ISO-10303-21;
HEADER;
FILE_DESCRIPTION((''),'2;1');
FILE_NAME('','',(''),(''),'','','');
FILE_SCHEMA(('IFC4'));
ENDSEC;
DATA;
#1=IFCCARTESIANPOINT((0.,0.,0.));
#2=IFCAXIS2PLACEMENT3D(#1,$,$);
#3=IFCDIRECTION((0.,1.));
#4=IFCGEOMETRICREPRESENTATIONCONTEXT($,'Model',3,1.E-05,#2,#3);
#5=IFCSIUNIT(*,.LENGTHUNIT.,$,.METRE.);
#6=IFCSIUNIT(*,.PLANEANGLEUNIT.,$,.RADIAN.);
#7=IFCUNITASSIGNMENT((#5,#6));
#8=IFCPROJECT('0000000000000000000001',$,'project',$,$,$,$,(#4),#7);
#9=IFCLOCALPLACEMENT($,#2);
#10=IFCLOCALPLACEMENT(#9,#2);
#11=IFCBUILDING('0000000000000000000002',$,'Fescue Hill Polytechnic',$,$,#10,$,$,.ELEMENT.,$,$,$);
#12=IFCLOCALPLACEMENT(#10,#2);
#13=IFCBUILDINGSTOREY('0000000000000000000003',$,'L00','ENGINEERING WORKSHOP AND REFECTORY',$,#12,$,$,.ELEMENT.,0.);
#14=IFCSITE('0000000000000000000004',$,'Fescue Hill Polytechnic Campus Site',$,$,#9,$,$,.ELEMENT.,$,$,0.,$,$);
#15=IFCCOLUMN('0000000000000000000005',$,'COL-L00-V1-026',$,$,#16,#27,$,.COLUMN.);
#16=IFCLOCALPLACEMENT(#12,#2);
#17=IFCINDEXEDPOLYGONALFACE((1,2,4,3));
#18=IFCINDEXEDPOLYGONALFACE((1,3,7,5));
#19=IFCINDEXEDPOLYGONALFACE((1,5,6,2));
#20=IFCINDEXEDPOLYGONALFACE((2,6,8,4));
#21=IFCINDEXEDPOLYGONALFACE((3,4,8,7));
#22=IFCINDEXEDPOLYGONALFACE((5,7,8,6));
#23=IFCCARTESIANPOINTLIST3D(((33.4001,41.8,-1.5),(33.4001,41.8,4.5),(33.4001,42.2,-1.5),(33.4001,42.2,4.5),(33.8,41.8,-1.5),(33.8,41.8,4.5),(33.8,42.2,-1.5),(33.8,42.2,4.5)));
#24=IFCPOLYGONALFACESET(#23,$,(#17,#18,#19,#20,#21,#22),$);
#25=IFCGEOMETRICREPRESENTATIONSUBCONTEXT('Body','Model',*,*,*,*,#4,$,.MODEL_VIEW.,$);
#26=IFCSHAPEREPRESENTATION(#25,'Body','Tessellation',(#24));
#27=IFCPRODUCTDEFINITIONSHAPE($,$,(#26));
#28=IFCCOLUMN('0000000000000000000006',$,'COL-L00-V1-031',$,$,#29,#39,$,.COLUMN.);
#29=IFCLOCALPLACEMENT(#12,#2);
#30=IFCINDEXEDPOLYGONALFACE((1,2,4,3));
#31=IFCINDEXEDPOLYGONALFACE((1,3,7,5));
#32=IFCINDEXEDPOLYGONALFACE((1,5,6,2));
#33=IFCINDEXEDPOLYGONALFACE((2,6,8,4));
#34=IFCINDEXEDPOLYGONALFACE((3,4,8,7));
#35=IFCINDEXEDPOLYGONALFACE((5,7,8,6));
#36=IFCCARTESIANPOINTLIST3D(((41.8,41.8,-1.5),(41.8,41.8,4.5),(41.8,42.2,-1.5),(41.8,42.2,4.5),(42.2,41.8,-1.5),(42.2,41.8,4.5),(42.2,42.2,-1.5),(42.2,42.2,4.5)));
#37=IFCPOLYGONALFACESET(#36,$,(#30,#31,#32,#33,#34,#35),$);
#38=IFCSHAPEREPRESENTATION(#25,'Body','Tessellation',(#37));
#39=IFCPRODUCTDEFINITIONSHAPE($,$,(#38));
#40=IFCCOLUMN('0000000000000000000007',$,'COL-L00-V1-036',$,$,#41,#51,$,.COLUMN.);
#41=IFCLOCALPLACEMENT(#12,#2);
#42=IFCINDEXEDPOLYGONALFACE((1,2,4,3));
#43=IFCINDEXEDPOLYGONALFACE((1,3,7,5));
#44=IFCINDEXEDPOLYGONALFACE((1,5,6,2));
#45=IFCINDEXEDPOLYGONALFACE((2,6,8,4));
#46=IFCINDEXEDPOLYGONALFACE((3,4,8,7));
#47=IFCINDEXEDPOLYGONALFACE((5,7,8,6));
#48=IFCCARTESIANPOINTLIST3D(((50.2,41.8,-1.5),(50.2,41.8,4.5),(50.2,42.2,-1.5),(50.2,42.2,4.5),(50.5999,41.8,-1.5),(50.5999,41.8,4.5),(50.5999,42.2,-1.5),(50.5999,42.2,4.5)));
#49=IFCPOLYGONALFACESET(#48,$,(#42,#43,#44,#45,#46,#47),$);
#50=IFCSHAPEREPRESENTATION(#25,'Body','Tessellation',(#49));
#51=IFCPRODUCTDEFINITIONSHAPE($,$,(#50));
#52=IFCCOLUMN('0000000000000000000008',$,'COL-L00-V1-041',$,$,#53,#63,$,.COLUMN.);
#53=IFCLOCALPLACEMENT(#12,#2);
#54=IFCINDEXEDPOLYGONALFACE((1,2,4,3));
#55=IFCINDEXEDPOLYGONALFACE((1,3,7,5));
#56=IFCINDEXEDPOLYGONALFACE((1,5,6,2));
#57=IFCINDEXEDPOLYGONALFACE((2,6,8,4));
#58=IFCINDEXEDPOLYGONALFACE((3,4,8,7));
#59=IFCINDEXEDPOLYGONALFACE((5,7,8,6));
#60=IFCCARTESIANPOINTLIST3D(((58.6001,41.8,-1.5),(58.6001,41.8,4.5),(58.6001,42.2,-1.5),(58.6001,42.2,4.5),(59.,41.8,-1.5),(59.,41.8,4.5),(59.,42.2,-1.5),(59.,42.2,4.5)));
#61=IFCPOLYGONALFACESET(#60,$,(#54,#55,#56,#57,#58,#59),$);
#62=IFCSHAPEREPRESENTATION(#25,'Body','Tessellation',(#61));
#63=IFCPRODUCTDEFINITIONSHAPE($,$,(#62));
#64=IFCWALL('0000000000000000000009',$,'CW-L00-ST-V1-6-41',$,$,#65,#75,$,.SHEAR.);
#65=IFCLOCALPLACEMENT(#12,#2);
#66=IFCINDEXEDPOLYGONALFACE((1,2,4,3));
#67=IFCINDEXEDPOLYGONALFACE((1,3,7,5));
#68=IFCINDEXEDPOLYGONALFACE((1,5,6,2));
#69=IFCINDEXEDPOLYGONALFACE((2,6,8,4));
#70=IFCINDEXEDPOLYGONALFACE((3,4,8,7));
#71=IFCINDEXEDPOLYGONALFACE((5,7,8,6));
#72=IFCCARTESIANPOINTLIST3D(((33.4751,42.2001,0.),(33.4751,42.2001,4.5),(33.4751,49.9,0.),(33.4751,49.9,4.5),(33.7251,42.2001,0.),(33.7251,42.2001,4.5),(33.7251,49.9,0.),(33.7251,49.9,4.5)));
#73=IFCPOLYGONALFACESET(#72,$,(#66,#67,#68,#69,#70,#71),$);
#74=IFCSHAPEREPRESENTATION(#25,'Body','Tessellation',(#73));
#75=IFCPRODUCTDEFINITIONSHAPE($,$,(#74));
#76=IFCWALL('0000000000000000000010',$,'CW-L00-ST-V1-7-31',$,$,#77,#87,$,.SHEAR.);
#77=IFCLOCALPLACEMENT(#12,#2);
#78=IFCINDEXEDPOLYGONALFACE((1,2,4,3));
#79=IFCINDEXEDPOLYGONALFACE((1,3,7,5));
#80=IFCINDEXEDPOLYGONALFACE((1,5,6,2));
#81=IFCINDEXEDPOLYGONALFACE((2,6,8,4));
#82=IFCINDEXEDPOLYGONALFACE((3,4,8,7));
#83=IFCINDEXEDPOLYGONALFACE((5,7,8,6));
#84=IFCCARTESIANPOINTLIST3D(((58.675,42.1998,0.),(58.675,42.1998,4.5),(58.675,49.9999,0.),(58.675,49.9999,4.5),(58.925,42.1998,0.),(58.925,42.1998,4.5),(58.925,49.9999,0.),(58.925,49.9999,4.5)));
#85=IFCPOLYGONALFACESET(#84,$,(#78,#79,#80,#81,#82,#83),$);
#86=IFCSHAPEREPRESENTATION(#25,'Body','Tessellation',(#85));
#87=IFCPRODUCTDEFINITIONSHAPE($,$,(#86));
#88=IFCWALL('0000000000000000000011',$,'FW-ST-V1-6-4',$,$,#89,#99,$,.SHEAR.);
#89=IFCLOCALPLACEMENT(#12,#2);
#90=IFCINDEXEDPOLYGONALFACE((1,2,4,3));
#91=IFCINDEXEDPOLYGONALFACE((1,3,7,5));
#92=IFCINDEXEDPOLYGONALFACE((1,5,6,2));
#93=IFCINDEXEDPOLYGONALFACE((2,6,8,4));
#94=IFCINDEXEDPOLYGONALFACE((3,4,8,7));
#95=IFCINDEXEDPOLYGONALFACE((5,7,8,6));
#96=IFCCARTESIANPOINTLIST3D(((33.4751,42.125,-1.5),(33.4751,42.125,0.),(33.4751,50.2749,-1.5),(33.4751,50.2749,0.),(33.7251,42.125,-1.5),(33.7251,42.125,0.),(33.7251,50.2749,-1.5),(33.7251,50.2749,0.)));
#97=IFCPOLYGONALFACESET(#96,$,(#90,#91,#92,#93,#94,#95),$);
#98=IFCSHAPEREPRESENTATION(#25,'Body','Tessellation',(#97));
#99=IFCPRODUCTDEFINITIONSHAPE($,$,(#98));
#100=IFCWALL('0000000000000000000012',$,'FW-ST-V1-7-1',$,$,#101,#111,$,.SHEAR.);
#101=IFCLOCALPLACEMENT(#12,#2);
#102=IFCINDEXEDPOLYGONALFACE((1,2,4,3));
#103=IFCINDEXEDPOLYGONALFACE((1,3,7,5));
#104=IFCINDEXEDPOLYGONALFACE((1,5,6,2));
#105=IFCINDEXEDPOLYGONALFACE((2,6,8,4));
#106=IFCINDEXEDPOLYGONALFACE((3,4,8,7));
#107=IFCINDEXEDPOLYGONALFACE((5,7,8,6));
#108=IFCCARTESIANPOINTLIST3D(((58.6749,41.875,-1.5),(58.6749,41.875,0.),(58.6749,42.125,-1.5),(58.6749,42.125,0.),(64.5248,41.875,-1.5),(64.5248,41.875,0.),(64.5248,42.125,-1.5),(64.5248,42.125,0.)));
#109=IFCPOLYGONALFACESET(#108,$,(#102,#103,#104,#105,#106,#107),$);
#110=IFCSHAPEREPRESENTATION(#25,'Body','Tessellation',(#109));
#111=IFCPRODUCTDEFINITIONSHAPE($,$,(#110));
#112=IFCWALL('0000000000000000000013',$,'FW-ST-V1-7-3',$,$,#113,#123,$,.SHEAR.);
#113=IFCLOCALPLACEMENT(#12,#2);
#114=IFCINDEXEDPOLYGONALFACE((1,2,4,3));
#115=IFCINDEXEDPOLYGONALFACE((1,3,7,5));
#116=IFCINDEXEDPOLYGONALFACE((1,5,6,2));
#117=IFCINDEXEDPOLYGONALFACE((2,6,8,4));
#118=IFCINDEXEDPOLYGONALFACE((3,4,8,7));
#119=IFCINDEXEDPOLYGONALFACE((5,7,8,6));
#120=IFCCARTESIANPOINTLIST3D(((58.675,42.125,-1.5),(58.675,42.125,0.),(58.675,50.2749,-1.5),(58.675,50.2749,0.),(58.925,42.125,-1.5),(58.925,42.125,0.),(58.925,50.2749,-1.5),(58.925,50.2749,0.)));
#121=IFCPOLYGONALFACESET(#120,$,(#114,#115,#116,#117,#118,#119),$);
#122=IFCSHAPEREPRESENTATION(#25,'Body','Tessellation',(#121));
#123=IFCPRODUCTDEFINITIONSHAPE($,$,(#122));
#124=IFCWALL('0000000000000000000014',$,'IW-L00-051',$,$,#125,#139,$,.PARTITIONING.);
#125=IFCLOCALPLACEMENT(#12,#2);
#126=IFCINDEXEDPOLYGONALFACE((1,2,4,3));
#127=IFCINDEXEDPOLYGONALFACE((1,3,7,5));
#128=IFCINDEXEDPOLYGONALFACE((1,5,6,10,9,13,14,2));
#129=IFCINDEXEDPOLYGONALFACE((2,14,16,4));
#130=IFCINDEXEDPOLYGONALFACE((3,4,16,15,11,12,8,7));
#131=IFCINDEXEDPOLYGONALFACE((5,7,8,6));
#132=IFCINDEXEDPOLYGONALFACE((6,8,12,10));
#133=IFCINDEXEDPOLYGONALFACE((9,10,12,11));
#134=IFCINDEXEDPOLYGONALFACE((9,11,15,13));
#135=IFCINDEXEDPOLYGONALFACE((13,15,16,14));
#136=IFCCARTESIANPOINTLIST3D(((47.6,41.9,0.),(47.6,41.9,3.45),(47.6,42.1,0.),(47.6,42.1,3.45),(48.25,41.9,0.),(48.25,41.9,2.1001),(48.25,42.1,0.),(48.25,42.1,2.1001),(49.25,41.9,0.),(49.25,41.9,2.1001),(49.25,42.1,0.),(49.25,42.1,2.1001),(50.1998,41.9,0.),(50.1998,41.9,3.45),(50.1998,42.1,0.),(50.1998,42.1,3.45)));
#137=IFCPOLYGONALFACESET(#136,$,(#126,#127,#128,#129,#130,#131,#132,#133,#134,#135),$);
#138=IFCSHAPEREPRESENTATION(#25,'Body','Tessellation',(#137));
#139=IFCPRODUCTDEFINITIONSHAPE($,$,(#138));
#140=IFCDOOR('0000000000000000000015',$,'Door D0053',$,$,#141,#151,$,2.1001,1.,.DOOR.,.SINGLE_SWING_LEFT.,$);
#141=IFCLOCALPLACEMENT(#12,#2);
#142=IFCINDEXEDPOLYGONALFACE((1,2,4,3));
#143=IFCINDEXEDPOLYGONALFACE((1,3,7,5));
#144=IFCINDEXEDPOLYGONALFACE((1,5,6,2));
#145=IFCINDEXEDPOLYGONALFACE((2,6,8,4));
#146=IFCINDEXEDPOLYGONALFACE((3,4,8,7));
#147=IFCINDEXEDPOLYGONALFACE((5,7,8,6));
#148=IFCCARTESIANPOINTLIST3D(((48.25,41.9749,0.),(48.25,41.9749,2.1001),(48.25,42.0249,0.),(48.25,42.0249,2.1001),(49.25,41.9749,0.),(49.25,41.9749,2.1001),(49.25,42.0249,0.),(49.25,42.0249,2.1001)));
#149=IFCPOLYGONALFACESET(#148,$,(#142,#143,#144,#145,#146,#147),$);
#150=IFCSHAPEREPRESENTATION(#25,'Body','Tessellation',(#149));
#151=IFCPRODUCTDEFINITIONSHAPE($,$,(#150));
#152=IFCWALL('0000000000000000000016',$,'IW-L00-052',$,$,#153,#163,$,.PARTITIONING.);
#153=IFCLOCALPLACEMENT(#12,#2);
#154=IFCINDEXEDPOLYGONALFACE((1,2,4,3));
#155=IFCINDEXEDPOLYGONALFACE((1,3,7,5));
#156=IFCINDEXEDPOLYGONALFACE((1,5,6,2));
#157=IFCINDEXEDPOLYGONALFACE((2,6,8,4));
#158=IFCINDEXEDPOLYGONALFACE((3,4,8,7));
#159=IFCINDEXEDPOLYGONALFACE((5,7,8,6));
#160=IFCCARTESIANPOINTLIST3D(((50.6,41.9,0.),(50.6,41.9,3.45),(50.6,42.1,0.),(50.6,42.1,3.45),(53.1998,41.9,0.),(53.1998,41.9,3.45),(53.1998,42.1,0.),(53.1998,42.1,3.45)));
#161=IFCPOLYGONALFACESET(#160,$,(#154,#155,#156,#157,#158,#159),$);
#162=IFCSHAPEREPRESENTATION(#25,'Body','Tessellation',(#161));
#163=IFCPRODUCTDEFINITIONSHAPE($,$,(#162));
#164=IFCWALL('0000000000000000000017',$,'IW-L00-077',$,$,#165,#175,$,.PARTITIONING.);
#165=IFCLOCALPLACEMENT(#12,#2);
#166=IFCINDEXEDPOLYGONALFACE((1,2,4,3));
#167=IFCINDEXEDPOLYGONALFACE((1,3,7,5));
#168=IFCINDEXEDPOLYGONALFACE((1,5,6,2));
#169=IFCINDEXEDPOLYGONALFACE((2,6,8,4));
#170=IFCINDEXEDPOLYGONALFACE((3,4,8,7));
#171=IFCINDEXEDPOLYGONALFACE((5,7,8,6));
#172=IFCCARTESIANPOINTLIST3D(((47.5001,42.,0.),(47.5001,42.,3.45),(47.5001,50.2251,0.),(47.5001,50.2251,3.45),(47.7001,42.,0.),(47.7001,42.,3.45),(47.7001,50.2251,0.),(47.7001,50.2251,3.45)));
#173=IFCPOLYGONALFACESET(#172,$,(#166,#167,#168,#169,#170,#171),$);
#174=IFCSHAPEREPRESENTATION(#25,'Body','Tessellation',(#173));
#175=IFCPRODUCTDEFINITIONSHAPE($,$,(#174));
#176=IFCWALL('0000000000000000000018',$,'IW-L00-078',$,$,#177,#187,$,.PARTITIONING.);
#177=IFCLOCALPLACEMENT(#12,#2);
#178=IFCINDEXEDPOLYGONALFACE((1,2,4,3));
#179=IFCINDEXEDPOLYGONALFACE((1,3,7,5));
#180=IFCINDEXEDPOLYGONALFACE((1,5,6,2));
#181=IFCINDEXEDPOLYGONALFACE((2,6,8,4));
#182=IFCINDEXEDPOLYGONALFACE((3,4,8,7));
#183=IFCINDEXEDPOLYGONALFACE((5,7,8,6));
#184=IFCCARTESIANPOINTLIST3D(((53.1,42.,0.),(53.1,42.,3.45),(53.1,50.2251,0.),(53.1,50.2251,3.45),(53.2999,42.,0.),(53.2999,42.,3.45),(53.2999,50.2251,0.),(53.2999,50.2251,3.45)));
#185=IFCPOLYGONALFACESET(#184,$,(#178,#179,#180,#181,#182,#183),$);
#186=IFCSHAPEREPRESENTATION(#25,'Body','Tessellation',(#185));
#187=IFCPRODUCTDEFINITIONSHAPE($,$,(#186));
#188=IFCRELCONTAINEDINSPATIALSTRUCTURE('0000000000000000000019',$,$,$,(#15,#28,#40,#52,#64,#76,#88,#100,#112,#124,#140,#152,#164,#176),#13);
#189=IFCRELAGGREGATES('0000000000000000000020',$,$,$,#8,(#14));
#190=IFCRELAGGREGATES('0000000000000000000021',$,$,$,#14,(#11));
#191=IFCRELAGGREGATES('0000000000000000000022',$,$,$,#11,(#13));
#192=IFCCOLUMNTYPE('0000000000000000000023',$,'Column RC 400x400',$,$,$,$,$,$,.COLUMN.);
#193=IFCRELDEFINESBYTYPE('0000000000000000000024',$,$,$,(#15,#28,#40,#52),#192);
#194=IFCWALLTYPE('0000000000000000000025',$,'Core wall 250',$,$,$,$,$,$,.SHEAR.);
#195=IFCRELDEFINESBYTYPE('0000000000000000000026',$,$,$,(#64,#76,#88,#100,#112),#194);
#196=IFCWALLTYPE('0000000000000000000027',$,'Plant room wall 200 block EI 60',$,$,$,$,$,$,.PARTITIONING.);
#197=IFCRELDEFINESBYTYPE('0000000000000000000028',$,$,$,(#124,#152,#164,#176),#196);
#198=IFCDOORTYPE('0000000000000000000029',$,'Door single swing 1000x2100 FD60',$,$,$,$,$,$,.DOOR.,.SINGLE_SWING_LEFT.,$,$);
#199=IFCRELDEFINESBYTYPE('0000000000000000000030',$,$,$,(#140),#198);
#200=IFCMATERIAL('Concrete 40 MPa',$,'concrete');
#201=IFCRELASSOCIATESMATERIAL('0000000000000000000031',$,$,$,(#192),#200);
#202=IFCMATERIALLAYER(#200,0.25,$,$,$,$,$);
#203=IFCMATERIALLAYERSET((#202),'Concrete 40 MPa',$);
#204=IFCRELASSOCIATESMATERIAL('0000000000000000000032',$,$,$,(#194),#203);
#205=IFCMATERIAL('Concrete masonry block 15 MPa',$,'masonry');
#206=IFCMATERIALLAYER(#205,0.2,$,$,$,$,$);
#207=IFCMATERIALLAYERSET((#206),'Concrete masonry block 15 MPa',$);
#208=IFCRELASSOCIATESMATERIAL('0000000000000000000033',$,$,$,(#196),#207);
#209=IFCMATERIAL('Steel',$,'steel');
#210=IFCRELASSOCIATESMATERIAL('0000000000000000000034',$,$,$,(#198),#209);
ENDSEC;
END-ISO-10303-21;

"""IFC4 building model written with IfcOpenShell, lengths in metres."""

from ifc_helpers import new_model, si_unit, direction, frame, frame_2d, origin, origin_2d, place, context, subcontext, project, spatial, rectangle, extrude, material, layer, layer_set, material_profile, profile_set, type_object, element, fill, save


model = new_model("IFC4")

# Units and contexts
model_context = context("Model", 3, precision=1e-05, world=origin(), true_north=direction((0.0, 1.0)))
body_context = subcontext(model_context, "Body", "Model", "MODEL_VIEW")
ifc_project = project(units=[si_unit("LENGTHUNIT", "METRE"), si_unit("PLANEANGLEUNIT", "RADIAN")], contexts=[model_context])

# Site, building, storey
site_placement = place(None, origin())
site = spatial("IfcSite", under=ifc_project, at=site_placement, Name="Fescue Hill Polytechnic Campus Site", CompositionType="ELEMENT", RefElevation=0.0)
building_placement = place(site_placement, origin())
building = spatial("IfcBuilding", under=site, at=building_placement, Name="Fescue Hill Polytechnic", CompositionType="ELEMENT")
storey_placement = place(building_placement, origin())
storey = spatial("IfcBuildingStorey", under=building, at=storey_placement, Name="L00", Description="ENGINEERING WORKSHOP AND REFECTORY", CompositionType="ELEMENT", Elevation=0.0)

# Columns
ifc_material_1 = material(Name="Concrete 40 MPa", Category="concrete")
ifc_material_profile = material_profile(ifc_material_1, rectangle(XDim=0.3999, YDim=0.3999, at=origin_2d()), Name="RC 400x400")
ifc_profile_set = profile_set([ifc_material_profile], Name="Concrete 40 MPa")
column_type = type_object("IfcColumnType", Name="Column RC 400x400", PredefinedType="COLUMN", material=ifc_profile_set)
for number, where, z_axis, x_axis, name in (
    (1, (33.6001, 42.0, -1.5), (0.0, 0.0, 1.0), (1.0, 0.0, 0.0), "COL-L00-V1-026"),
    (2, (42.0, 42.0, -1.5), (0.0, 0.0, 1.0), (1.0, 0.0, 0.0), "COL-L00-V1-031"),
    (3, (50.3999, 42.0, -1.5), (0.0, 0.0, 1.0), (1.0, 0.0, 0.0), "COL-L00-V1-036"),
    (4, (58.8, 42.0, -1.5), (0.0, 0.0, 1.0), (1.0, 0.0, 0.0), "COL-L00-V1-041"),
):
    element("IfcColumn", number, at=place(storey_placement, frame(where, z_axis=z_axis, x_axis=x_axis)), inside=storey, type_object=column_type, Name=name, PredefinedType="COLUMN", context=body_context, shape_type="SweptSolid", body=[
        extrude(rectangle(XDim=0.3999, YDim=0.3999, at=origin_2d()), origin(), (0.0, 0.0, 1.0), 6.0),
    ])

# Walls
ifc_layer_1 = layer(ifc_material_1, 0.25)
ifc_layer_set_1 = layer_set([ifc_layer_1], Name="Concrete 40 MPa")
wall_type_1 = type_object("IfcWallType", Name="Core wall 250", PredefinedType="SHEAR", material=ifc_layer_set_1)
wall_1_placement = place(storey_placement, frame((33.6001, 42.2, 0.0), z_axis=(0.0, 0.0, 1.0), x_axis=(0.0, 1.0, 0.0)))
element("IfcWall", 5, at=wall_1_placement, inside=storey, type_object=wall_type_1, Name="CW-L00-ST-V1-6-41", PredefinedType="SHEAR", context=body_context, shape_type="SweptSolid", body=[
    extrude(rectangle(XDim=7.7, YDim=0.25, at=frame_2d((3.8501, 0.0))), origin(), (0.0, 0.0, 1.0), 4.5),
])
wall_2_placement = place(storey_placement, frame((58.8, 42.2, 0.0), z_axis=(0.0, 0.0, 1.0), x_axis=(0.0, 1.0, 0.0)))
element("IfcWall", 6, at=wall_2_placement, inside=storey, type_object=wall_type_1, Name="CW-L00-ST-V1-7-31", PredefinedType="SHEAR", context=body_context, shape_type="SweptSolid", body=[
    extrude(rectangle(XDim=7.8, YDim=0.25, at=frame_2d((3.8999, 0.0))), origin(), (0.0, 0.0, 1.0), 4.5),
])
wall_3_placement = place(storey_placement, frame((33.6001, 42.125, -1.5), z_axis=(0.0, 0.0, 1.0), x_axis=(0.0, 1.0, 0.0)))
element("IfcWall", 7, at=wall_3_placement, inside=storey, type_object=wall_type_1, Name="FW-ST-V1-6-4", PredefinedType="SHEAR", context=body_context, shape_type="SweptSolid", body=[
    extrude(rectangle(XDim=8.1499, YDim=0.25, at=frame_2d((4.075, 0.0))), origin(), (0.0, 0.0, 1.0), 1.5),
])
wall_4_placement = place(storey_placement, frame((58.675, 42.0, -1.5), z_axis=(0.0, 0.0, 1.0), x_axis=(1.0, 0.0, 0.0)))
element("IfcWall", 8, at=wall_4_placement, inside=storey, type_object=wall_type_1, Name="FW-ST-V1-7-1", PredefinedType="SHEAR", context=body_context, shape_type="SweptSolid", body=[
    extrude(rectangle(XDim=5.8499, YDim=0.25, at=frame_2d((2.9248, 0.0))), origin(), (0.0, 0.0, 1.0), 1.5),
])
wall_5_placement = place(storey_placement, frame((58.8, 42.125, -1.5), z_axis=(0.0, 0.0, 1.0), x_axis=(0.0, 1.0, 0.0)))
element("IfcWall", 9, at=wall_5_placement, inside=storey, type_object=wall_type_1, Name="FW-ST-V1-7-3", PredefinedType="SHEAR", context=body_context, shape_type="SweptSolid", body=[
    extrude(rectangle(XDim=8.1499, YDim=0.25, at=frame_2d((4.075, 0.0))), origin(), (0.0, 0.0, 1.0), 1.5),
])

# Wall, opening, door
ifc_material_2 = material(Name="Concrete masonry block 15 MPa", Category="masonry")
ifc_layer_2 = layer(ifc_material_2, 0.2)
ifc_layer_set_2 = layer_set([ifc_layer_2], Name="Concrete masonry block 15 MPa")
wall_type_2 = type_object("IfcWallType", Name="Plant room wall 200 block EI 60", PredefinedType="PARTITIONING", material=ifc_layer_set_2)
wall_6_placement = place(storey_placement, frame((47.6001, 42.0, 0.0), z_axis=(0.0, 0.0, 1.0), x_axis=(1.0, 0.0, 0.0)))
wall_6 = element("IfcWall", 10, at=wall_6_placement, inside=storey, type_object=wall_type_2, Name="IW-L00-051", PredefinedType="PARTITIONING", context=body_context, shape_type="SweptSolid", body=[
    extrude(rectangle(XDim=2.5999, YDim=0.2, at=frame_2d((1.2998, 0.0))), origin(), (0.0, 0.0, 1.0), 3.45),
])
opening_1_placement = place(wall_6_placement, frame((0.6499, 0.0, 0.0)))
opening_1 = element("IfcOpeningElement", 11, at=opening_1_placement, cuts=wall_6, PredefinedType="OPENING", context=body_context, shape_type="SweptSolid", body=[
    extrude(rectangle(XDim=1.0, YDim=2.1001, at=frame_2d((0.5, 1.05))), frame((0.0, 0.1099, 0.0), z_axis=(0.0, -1.0, 0.0), x_axis=(1.0, 0.0, 0.0)), (0.0, 0.0, 1.0), 0.22),
])
ifc_material_3 = material(Name="Steel", Category="steel")
door_type_1 = type_object("IfcDoorType", Name="Door single swing 1000x2100 FD60", OperationType="SINGLE_SWING_LEFT", PredefinedType="DOOR", material=ifc_material_3)
door_1_placement = place(opening_1_placement, origin())
door_1 = element("IfcDoor", 12, at=door_1_placement, inside=storey, type_object=door_type_1, Name="Door D0053", OperationType="SINGLE_SWING_LEFT", OverallHeight=2.1001, OverallWidth=1.0, PredefinedType="DOOR", context=body_context, shape_type="SweptSolid", body=[
    extrude(rectangle(XDim=1.0, YDim=2.1001, at=frame_2d((0.5, 1.05))), frame((0.0, 0.0249, 0.0), z_axis=(0.0, -1.0, 0.0), x_axis=(1.0, 0.0, 0.0)), (0.0, 0.0, 1.0), 0.05),
])
fill(opening_1, door_1)

# Walls
wall_7_placement = place(storey_placement, frame((50.6001, 42.0, 0.0), z_axis=(0.0, 0.0, 1.0), x_axis=(1.0, 0.0, 0.0)))
element("IfcWall", 13, at=wall_7_placement, inside=storey, type_object=wall_type_2, Name="IW-L00-052", PredefinedType="PARTITIONING", context=body_context, shape_type="SweptSolid", body=[
    extrude(rectangle(XDim=2.5999, YDim=0.2, at=frame_2d((1.2998, 0.0))), origin(), (0.0, 0.0, 1.0), 3.45),
])
for number, where, z_axis, x_axis, name in (
    (14, (47.6001, 42.0, 0.0), (0.0, 0.0, 1.0), (0.0, 1.0, 0.0), "IW-L00-077"),
    (15, (53.2, 42.0, 0.0), (0.0, 0.0, 1.0), (0.0, 1.0, 0.0), "IW-L00-078"),
):
    element("IfcWall", number, at=place(storey_placement, frame(where, z_axis=z_axis, x_axis=x_axis)), inside=storey, type_object=wall_type_2, Name=name, PredefinedType="PARTITIONING", context=body_context, shape_type="SweptSolid", body=[
        extrude(rectangle(XDim=8.2251, YDim=0.2, at=frame_2d((4.1125, 0.0))), origin(), (0.0, 0.0, 1.0), 3.45),
    ])

save(model, "model.ifc")
